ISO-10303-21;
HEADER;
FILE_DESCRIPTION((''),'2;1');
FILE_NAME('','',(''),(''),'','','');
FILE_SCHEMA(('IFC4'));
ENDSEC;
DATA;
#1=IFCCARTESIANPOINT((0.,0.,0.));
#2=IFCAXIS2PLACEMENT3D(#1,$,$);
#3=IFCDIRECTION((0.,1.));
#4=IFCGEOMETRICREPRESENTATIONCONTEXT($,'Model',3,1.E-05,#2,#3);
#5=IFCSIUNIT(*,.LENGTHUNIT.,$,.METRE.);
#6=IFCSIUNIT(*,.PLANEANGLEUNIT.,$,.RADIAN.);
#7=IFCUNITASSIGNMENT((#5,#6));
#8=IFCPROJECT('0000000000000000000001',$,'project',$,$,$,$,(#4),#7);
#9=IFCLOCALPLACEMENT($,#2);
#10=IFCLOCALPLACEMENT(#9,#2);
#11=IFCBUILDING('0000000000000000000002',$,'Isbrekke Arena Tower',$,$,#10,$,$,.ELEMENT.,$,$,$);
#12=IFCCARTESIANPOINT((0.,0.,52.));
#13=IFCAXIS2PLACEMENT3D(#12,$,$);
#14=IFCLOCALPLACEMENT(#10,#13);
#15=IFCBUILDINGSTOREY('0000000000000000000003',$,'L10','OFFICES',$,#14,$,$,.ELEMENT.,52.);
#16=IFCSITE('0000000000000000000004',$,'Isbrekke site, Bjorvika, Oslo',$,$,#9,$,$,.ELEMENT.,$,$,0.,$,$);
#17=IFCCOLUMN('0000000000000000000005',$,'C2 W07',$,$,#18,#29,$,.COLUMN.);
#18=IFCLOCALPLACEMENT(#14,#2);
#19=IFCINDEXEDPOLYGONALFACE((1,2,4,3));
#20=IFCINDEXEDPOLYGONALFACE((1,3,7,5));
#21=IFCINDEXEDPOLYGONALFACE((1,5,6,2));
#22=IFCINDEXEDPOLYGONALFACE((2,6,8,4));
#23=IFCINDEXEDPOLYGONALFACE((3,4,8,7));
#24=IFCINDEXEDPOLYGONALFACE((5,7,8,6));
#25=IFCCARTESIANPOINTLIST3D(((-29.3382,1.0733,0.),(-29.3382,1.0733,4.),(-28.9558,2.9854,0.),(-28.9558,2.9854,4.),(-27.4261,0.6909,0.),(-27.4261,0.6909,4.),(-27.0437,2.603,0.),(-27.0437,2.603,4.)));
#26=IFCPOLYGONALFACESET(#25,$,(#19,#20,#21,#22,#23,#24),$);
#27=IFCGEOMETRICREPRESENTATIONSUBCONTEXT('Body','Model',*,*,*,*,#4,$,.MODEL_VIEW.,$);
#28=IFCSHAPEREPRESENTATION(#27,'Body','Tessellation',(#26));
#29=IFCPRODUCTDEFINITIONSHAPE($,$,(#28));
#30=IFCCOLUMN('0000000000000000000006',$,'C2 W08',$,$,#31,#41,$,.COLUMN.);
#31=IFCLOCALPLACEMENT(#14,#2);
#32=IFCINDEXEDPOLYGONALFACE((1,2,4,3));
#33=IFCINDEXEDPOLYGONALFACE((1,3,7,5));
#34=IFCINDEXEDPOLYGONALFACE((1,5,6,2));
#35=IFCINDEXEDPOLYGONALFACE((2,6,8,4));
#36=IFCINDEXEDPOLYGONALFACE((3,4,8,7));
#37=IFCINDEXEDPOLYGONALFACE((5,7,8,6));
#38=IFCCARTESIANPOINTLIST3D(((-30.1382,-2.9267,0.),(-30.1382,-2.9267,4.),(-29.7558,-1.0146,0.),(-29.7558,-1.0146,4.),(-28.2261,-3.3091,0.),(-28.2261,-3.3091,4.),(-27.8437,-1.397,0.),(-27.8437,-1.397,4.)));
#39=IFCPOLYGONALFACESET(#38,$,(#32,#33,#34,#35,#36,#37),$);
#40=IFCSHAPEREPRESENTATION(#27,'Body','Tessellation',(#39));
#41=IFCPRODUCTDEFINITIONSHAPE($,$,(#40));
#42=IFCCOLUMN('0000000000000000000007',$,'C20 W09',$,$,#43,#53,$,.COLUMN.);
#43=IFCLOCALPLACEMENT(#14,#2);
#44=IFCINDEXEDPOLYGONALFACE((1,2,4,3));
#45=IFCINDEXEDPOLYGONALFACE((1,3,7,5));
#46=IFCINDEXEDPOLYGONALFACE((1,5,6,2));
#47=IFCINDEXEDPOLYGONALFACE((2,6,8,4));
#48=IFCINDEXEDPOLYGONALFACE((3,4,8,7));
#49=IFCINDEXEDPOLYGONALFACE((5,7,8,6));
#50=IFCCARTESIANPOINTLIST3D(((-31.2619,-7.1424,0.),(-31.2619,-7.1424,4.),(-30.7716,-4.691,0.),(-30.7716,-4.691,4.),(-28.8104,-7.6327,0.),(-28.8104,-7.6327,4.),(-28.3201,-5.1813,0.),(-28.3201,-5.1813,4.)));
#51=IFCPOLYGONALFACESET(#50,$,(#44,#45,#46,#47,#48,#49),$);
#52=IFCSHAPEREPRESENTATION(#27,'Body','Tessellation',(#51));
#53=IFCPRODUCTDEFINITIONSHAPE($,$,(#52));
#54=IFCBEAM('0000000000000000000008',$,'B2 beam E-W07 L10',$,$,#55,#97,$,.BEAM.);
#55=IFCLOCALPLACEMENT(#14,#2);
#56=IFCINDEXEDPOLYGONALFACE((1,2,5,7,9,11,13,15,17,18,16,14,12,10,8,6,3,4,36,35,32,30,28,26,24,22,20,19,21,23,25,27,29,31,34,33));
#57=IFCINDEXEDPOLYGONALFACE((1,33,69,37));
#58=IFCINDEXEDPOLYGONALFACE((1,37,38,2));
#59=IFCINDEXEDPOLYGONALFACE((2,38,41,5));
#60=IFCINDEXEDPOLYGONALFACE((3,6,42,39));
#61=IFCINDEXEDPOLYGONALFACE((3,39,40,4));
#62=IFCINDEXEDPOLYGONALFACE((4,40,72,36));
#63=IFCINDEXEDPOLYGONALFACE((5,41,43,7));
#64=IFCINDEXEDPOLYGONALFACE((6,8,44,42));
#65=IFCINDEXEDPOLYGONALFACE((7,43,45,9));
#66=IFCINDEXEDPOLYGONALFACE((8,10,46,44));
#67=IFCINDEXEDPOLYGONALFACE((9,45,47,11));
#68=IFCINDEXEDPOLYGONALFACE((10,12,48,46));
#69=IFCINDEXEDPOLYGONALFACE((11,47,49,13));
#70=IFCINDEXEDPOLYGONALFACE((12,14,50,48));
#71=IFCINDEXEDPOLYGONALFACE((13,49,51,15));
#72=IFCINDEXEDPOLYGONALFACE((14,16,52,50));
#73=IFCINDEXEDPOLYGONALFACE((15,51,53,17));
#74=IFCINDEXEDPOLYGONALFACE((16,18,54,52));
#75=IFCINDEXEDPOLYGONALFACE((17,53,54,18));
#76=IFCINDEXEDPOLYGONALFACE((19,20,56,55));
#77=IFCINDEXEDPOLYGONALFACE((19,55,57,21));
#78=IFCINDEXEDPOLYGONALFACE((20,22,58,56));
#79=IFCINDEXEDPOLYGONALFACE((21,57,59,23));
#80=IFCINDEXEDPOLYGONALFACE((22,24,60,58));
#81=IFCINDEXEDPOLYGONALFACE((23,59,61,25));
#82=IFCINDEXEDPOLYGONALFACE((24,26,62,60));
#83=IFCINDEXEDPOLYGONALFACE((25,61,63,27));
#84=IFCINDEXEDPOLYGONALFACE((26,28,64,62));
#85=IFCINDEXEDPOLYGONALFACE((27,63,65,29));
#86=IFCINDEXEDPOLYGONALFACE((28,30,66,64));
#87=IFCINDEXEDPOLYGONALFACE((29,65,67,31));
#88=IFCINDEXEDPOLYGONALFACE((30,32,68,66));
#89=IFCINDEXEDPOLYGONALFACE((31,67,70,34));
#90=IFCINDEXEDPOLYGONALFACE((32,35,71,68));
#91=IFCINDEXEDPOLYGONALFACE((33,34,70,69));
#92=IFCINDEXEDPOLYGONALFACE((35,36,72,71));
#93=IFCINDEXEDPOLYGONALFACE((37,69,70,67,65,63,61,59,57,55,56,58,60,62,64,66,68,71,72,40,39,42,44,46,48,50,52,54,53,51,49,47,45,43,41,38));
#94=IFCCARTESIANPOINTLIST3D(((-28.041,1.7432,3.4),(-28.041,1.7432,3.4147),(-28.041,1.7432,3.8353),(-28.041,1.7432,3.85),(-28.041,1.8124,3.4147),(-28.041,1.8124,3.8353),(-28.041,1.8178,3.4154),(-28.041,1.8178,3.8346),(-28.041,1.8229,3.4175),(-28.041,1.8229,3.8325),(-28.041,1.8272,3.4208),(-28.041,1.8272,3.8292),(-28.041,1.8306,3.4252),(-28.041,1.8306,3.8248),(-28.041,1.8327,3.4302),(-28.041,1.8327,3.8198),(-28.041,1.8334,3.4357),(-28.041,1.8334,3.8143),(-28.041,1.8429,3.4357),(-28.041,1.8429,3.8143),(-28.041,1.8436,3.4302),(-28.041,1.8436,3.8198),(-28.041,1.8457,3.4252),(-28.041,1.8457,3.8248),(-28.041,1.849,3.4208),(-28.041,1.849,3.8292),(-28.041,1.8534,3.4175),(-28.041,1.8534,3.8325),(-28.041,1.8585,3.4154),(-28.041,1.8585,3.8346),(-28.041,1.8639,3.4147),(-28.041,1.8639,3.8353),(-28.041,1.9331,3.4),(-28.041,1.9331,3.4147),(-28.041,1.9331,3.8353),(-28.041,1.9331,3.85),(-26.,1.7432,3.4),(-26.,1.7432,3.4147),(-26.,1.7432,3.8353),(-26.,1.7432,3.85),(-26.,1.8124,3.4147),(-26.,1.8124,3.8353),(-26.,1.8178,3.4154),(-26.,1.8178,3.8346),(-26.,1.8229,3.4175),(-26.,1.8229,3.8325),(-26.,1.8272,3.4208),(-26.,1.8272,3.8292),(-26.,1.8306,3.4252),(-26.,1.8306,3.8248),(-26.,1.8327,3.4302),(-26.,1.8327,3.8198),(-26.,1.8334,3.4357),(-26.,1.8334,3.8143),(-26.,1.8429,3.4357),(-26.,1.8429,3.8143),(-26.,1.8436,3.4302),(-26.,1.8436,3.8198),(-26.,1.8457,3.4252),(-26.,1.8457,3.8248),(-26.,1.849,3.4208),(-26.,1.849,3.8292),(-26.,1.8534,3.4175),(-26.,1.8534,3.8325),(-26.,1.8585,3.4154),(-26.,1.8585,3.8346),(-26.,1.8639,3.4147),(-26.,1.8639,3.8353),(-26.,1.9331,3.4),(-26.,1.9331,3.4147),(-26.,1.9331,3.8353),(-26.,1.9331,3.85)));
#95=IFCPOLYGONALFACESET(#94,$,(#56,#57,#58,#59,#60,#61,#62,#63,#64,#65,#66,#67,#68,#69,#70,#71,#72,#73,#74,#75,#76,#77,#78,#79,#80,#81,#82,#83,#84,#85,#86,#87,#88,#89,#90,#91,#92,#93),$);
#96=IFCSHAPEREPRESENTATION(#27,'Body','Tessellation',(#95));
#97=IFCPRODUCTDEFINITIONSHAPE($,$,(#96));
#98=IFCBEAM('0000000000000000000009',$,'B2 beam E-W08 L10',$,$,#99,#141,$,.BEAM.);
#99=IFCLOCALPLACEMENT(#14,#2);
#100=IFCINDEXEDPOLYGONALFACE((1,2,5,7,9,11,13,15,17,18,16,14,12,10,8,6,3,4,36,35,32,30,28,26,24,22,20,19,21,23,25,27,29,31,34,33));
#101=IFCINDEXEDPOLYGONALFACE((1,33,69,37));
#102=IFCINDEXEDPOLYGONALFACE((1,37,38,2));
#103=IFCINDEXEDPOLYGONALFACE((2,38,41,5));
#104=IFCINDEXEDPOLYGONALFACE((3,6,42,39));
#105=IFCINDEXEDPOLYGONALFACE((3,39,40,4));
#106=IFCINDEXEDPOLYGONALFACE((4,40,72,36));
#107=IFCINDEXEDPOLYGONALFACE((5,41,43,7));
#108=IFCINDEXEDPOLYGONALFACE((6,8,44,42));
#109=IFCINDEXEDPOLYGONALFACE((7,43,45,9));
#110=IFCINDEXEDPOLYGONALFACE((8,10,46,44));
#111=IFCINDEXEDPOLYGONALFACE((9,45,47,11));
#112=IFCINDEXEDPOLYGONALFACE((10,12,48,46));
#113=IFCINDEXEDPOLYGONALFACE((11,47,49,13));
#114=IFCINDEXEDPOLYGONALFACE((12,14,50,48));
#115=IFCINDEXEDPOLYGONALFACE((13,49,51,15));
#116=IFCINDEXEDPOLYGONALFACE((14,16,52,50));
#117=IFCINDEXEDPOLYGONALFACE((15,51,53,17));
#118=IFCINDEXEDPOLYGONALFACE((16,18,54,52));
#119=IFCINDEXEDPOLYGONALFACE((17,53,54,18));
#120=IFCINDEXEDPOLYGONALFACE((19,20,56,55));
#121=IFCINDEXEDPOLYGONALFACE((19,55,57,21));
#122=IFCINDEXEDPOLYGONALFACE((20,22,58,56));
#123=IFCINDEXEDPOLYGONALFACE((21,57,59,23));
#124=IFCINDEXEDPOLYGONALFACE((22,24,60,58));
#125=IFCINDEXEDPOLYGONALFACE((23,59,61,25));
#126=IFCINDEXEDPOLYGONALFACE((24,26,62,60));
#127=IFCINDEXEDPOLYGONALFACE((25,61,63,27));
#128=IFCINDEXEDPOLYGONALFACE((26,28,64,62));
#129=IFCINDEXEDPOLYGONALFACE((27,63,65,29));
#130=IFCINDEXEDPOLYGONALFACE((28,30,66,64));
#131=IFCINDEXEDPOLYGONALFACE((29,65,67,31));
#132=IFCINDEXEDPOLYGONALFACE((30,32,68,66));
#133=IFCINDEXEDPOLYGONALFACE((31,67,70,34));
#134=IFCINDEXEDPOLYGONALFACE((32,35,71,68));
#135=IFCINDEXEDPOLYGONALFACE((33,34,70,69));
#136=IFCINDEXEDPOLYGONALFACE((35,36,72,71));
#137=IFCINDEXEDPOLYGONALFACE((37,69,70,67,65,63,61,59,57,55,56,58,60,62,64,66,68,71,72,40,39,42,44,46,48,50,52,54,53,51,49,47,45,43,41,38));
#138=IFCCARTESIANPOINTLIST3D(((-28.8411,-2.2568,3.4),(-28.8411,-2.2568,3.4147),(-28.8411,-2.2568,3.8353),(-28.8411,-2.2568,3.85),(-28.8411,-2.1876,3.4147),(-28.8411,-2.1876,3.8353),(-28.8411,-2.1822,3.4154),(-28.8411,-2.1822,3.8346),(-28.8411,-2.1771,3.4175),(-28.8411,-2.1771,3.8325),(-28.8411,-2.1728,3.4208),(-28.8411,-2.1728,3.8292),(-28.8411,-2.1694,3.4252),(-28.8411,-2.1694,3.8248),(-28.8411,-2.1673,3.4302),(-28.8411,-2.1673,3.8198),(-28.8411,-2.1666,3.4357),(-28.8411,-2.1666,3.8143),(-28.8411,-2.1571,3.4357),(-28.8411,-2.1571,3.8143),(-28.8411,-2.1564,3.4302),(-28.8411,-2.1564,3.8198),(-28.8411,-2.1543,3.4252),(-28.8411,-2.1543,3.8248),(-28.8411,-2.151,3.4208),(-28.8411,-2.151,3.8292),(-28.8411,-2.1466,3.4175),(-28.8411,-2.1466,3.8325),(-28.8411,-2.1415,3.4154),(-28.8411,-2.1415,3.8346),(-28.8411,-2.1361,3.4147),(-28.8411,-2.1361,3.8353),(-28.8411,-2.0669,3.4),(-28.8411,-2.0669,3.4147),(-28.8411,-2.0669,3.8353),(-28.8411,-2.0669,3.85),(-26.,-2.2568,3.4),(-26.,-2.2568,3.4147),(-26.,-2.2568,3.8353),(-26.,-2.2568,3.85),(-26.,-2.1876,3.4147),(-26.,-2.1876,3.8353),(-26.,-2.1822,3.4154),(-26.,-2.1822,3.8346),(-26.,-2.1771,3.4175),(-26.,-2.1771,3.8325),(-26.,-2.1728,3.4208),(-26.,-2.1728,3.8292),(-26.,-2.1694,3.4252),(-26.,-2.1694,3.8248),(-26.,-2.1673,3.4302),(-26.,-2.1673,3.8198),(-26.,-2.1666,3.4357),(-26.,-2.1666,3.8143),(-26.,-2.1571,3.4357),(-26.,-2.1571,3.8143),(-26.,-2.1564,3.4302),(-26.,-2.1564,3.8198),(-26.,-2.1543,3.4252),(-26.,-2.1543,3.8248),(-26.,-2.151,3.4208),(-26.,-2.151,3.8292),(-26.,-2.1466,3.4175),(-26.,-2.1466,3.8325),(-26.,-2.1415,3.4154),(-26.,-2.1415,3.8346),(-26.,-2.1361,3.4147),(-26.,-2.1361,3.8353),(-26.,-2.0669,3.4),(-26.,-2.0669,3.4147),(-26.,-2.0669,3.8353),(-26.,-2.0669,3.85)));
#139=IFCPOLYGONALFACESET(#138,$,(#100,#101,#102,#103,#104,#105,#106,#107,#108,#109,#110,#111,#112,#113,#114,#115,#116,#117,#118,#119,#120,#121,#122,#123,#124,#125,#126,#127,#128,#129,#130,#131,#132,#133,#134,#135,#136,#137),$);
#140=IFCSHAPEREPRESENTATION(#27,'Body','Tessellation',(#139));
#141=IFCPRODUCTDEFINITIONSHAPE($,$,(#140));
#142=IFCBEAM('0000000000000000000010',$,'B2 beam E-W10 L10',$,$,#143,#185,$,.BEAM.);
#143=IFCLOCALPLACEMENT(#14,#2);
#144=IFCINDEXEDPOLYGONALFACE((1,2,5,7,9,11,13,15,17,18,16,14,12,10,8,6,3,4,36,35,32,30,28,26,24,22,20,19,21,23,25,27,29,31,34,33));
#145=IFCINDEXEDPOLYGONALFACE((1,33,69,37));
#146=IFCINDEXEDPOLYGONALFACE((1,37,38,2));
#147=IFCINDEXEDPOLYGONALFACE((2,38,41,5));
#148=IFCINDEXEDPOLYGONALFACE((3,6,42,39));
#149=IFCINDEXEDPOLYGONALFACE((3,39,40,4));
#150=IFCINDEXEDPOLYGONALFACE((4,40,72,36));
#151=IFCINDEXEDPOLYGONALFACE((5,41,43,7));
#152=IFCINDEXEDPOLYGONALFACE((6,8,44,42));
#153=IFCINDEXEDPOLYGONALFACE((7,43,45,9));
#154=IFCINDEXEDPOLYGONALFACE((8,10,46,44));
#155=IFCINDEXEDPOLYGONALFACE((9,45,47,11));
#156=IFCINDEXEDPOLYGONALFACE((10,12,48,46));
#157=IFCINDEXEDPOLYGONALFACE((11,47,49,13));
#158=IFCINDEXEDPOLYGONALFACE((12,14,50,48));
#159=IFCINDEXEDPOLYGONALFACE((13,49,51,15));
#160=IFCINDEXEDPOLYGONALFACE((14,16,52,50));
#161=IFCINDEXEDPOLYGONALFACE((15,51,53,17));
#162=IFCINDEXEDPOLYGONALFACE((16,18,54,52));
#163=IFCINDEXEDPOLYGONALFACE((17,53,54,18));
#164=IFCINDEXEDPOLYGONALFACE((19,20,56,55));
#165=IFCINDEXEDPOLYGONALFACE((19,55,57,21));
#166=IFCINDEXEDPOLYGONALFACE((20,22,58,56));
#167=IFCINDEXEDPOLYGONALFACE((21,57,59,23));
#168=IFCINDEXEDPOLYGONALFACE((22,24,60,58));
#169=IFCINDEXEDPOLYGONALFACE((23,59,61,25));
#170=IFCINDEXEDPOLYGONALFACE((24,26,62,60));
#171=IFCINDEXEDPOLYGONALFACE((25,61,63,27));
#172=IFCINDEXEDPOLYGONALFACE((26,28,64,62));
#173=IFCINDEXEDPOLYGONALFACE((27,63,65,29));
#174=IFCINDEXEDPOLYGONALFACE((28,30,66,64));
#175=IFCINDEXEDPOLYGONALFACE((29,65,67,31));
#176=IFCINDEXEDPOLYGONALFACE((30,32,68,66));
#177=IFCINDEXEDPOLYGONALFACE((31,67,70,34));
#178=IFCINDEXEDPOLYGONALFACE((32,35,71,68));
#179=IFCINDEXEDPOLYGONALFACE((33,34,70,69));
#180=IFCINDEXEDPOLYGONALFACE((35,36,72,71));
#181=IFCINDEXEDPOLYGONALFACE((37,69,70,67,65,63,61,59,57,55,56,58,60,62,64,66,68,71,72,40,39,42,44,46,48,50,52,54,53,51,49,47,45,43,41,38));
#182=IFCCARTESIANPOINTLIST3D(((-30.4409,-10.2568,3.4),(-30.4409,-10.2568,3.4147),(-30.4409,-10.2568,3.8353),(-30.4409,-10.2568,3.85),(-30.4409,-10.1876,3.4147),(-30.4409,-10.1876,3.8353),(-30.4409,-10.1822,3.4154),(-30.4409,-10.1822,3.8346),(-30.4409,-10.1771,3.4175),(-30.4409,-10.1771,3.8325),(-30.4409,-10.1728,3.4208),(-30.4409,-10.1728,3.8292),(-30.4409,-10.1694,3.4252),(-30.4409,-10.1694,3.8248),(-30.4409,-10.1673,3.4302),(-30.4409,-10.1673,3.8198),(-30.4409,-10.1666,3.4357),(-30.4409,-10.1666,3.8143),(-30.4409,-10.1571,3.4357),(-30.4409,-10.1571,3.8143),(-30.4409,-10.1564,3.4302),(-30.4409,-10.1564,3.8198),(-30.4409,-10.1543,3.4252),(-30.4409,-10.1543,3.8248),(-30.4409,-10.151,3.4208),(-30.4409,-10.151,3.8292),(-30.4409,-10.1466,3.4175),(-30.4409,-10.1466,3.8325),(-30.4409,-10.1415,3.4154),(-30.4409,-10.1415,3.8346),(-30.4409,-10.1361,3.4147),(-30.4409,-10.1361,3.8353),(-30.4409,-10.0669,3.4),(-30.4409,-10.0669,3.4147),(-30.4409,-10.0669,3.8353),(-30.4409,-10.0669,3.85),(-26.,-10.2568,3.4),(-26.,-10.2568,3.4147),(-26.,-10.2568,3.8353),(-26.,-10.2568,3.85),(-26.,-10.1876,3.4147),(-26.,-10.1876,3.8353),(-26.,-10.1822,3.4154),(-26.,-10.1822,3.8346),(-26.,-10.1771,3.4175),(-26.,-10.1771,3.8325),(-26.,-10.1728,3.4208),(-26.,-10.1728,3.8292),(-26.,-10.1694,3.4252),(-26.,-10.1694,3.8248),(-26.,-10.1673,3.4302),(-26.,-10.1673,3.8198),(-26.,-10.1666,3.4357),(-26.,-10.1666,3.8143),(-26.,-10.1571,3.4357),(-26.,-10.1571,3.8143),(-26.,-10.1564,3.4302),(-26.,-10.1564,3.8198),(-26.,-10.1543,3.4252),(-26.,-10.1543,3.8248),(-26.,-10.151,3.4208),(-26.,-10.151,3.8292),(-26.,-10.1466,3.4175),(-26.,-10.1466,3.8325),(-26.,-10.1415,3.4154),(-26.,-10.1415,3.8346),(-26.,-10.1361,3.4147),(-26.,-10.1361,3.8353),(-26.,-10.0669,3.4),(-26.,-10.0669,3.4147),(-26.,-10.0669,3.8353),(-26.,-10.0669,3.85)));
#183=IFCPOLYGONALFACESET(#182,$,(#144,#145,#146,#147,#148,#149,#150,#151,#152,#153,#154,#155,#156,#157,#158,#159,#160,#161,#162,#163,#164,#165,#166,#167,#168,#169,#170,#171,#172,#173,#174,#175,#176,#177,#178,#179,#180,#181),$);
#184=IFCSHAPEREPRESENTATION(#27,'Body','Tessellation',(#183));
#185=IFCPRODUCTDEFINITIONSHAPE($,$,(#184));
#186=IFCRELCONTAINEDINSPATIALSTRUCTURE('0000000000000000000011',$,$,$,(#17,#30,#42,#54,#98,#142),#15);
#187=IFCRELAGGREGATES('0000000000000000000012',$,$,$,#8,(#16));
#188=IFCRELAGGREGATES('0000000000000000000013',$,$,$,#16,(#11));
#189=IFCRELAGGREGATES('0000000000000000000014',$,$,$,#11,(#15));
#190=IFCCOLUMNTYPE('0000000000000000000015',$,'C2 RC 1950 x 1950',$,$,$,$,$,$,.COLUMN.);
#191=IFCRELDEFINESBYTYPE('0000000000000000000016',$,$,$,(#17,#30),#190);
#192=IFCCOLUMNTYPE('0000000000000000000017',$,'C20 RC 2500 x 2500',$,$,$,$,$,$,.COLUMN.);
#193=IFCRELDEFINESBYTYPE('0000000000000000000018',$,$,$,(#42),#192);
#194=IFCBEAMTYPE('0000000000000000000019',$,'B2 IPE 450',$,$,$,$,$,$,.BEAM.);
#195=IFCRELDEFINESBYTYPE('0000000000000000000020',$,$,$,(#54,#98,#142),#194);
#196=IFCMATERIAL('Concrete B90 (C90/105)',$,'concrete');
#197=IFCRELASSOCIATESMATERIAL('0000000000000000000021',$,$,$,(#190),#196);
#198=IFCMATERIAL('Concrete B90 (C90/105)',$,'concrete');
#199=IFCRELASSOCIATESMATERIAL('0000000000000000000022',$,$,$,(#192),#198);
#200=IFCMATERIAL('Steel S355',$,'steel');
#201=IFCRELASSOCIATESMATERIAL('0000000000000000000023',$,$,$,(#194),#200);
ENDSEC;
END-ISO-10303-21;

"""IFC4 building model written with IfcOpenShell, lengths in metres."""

from ifc_helpers import new_model, si_unit, direction, frame, origin, origin_2d, place, context, subcontext, project, spatial, rectangle, i_section, extrude, material, material_profile, profile_set, type_object, element, save


model = new_model("IFC4")

# Units and contexts
model_context = context("Model", 3, precision=1e-05, world=origin(), true_north=direction((0.0, 1.0)))
body_context = subcontext(model_context, "Body", "Model", "MODEL_VIEW")
ifc_project = project(units=[si_unit("LENGTHUNIT", "METRE"), si_unit("PLANEANGLEUNIT", "RADIAN")], contexts=[model_context])

# Site, building, storey
site_placement = place(None, origin())
site = spatial("IfcSite", under=ifc_project, at=site_placement, Name="Isbrekke site, Bjorvika, Oslo", CompositionType="ELEMENT", RefElevation=0.0)
building_placement = place(site_placement, origin())
building = spatial("IfcBuilding", under=site, at=building_placement, Name="Isbrekke Arena Tower", CompositionType="ELEMENT")
storey_placement = place(building_placement, frame((0.0, 0.0, 52.0)))
storey = spatial("IfcBuildingStorey", under=building, at=storey_placement, Name="L10", Description="OFFICES", CompositionType="ELEMENT", Elevation=52.0)

# Columns
ifc_material_1 = material(Name="Concrete B90 (C90/105)", Category="concrete")
ifc_material_profile_1 = material_profile(ifc_material_1, rectangle(XDim=1.95, YDim=1.95, at=origin_2d()), Name="RC 1950x1950")
ifc_profile_set_1 = profile_set([ifc_material_profile_1], Name="Concrete B90 (C90/105)")
column_type_1 = type_object("IfcColumnType", Name="C2 RC 1950 x 1950", PredefinedType="COLUMN", material=ifc_profile_set_1)
for number, where, z_axis, x_axis, name in (
    (1, (-28.1909, 1.8381, 0.0), (0.0, 0.0, 1.0), (-0.196116, -0.980581, 0.0), "C2 W07"),
    (2, (-28.991, -2.1619, 0.0), (0.0, 0.0, 1.0), (-0.196116, -0.980581, 0.0), "C2 W08"),
):
    element("IfcColumn", number, at=place(storey_placement, frame(where, z_axis=z_axis, x_axis=x_axis)), inside=storey, type_object=column_type_1, Name=name, PredefinedType="COLUMN", context=body_context, shape_type="SweptSolid", body=[
        extrude(rectangle(XDim=1.95, YDim=1.95, at=origin_2d()), origin(), (0.0, 0.0, 1.0), 4.0),
    ])
ifc_material_2 = material(Name="Concrete B90 (C90/105)", Category="concrete")
ifc_material_profile_2 = material_profile(ifc_material_2, rectangle(XDim=2.5, YDim=2.5, at=origin_2d()), Name="RC 2500x2500")
ifc_profile_set_2 = profile_set([ifc_material_profile_2], Name="Concrete B90 (C90/105)")
column_type_2 = type_object("IfcColumnType", Name="C20 RC 2500 x 2500", PredefinedType="COLUMN", material=ifc_profile_set_2)
column_placement = place(storey_placement, frame((-29.791, -6.1619, 0.0), z_axis=(0.0, 0.0, 1.0), x_axis=(-0.196116, -0.980581, 0.0)))
element("IfcColumn", 3, at=column_placement, inside=storey, type_object=column_type_2, Name="C20 W09", PredefinedType="COLUMN", context=body_context, shape_type="SweptSolid", body=[
    extrude(rectangle(XDim=2.5, YDim=2.5, at=origin_2d()), origin(), (0.0, 0.0, 1.0), 4.0),
])

# Beams
ifc_material_3 = material(Name="Steel S355", Category="steel")
ifc_material_profile_3 = material_profile(ifc_material_3, i_section(OverallWidth=0.1899, OverallDepth=0.45, WebThickness=0.0095, FlangeThickness=0.0146, FilletRadius=0.021, at=origin_2d()), Name="IPE 450")
ifc_profile_set_3 = profile_set([ifc_material_profile_3], Name="Steel S355")
beam_type_1 = type_object("IfcBeamType", Name="B2 IPE 450", PredefinedType="BEAM", material=ifc_profile_set_3)
beam_1_placement = place(storey_placement, frame((-28.041, 1.8381, 3.625), z_axis=(1.0, 0.0, 0.0), x_axis=(0.0, 1.0, 0.0)))
element("IfcBeam", 4, at=beam_1_placement, inside=storey, type_object=beam_type_1, Name="B2 beam E-W07 L10", PredefinedType="BEAM", context=body_context, shape_type="SweptSolid", body=[
    extrude(i_section(OverallWidth=0.1899, OverallDepth=0.45, WebThickness=0.0095, FlangeThickness=0.0146, FilletRadius=0.021, at=origin_2d()), origin(), (0.0, 0.0, 1.0), 2.041),
])
beam_2_placement = place(storey_placement, frame((-28.8411, -2.1619, 3.625), z_axis=(1.0, 0.0, 0.0), x_axis=(0.0, 1.0, 0.0)))
element("IfcBeam", 5, at=beam_2_placement, inside=storey, type_object=beam_type_1, Name="B2 beam E-W08 L10", PredefinedType="BEAM", context=body_context, shape_type="SweptSolid", body=[
    extrude(i_section(OverallWidth=0.1899, OverallDepth=0.45, WebThickness=0.0095, FlangeThickness=0.0146, FilletRadius=0.021, at=origin_2d()), origin(), (0.0, 0.0, 1.0), 2.8411),
])
beam_3_placement = place(storey_placement, frame((-30.4409, -10.1619, 3.625), z_axis=(1.0, 0.0, 0.0), x_axis=(0.0, 1.0, 0.0)))
element("IfcBeam", 6, at=beam_3_placement, inside=storey, type_object=beam_type_1, Name="B2 beam E-W10 L10", PredefinedType="BEAM", context=body_context, shape_type="SweptSolid", body=[
    extrude(i_section(OverallWidth=0.1899, OverallDepth=0.45, WebThickness=0.0095, FlangeThickness=0.0146, FilletRadius=0.021, at=origin_2d()), origin(), (0.0, 0.0, 1.0), 4.4409),
])

save(model, "model.ifc")
